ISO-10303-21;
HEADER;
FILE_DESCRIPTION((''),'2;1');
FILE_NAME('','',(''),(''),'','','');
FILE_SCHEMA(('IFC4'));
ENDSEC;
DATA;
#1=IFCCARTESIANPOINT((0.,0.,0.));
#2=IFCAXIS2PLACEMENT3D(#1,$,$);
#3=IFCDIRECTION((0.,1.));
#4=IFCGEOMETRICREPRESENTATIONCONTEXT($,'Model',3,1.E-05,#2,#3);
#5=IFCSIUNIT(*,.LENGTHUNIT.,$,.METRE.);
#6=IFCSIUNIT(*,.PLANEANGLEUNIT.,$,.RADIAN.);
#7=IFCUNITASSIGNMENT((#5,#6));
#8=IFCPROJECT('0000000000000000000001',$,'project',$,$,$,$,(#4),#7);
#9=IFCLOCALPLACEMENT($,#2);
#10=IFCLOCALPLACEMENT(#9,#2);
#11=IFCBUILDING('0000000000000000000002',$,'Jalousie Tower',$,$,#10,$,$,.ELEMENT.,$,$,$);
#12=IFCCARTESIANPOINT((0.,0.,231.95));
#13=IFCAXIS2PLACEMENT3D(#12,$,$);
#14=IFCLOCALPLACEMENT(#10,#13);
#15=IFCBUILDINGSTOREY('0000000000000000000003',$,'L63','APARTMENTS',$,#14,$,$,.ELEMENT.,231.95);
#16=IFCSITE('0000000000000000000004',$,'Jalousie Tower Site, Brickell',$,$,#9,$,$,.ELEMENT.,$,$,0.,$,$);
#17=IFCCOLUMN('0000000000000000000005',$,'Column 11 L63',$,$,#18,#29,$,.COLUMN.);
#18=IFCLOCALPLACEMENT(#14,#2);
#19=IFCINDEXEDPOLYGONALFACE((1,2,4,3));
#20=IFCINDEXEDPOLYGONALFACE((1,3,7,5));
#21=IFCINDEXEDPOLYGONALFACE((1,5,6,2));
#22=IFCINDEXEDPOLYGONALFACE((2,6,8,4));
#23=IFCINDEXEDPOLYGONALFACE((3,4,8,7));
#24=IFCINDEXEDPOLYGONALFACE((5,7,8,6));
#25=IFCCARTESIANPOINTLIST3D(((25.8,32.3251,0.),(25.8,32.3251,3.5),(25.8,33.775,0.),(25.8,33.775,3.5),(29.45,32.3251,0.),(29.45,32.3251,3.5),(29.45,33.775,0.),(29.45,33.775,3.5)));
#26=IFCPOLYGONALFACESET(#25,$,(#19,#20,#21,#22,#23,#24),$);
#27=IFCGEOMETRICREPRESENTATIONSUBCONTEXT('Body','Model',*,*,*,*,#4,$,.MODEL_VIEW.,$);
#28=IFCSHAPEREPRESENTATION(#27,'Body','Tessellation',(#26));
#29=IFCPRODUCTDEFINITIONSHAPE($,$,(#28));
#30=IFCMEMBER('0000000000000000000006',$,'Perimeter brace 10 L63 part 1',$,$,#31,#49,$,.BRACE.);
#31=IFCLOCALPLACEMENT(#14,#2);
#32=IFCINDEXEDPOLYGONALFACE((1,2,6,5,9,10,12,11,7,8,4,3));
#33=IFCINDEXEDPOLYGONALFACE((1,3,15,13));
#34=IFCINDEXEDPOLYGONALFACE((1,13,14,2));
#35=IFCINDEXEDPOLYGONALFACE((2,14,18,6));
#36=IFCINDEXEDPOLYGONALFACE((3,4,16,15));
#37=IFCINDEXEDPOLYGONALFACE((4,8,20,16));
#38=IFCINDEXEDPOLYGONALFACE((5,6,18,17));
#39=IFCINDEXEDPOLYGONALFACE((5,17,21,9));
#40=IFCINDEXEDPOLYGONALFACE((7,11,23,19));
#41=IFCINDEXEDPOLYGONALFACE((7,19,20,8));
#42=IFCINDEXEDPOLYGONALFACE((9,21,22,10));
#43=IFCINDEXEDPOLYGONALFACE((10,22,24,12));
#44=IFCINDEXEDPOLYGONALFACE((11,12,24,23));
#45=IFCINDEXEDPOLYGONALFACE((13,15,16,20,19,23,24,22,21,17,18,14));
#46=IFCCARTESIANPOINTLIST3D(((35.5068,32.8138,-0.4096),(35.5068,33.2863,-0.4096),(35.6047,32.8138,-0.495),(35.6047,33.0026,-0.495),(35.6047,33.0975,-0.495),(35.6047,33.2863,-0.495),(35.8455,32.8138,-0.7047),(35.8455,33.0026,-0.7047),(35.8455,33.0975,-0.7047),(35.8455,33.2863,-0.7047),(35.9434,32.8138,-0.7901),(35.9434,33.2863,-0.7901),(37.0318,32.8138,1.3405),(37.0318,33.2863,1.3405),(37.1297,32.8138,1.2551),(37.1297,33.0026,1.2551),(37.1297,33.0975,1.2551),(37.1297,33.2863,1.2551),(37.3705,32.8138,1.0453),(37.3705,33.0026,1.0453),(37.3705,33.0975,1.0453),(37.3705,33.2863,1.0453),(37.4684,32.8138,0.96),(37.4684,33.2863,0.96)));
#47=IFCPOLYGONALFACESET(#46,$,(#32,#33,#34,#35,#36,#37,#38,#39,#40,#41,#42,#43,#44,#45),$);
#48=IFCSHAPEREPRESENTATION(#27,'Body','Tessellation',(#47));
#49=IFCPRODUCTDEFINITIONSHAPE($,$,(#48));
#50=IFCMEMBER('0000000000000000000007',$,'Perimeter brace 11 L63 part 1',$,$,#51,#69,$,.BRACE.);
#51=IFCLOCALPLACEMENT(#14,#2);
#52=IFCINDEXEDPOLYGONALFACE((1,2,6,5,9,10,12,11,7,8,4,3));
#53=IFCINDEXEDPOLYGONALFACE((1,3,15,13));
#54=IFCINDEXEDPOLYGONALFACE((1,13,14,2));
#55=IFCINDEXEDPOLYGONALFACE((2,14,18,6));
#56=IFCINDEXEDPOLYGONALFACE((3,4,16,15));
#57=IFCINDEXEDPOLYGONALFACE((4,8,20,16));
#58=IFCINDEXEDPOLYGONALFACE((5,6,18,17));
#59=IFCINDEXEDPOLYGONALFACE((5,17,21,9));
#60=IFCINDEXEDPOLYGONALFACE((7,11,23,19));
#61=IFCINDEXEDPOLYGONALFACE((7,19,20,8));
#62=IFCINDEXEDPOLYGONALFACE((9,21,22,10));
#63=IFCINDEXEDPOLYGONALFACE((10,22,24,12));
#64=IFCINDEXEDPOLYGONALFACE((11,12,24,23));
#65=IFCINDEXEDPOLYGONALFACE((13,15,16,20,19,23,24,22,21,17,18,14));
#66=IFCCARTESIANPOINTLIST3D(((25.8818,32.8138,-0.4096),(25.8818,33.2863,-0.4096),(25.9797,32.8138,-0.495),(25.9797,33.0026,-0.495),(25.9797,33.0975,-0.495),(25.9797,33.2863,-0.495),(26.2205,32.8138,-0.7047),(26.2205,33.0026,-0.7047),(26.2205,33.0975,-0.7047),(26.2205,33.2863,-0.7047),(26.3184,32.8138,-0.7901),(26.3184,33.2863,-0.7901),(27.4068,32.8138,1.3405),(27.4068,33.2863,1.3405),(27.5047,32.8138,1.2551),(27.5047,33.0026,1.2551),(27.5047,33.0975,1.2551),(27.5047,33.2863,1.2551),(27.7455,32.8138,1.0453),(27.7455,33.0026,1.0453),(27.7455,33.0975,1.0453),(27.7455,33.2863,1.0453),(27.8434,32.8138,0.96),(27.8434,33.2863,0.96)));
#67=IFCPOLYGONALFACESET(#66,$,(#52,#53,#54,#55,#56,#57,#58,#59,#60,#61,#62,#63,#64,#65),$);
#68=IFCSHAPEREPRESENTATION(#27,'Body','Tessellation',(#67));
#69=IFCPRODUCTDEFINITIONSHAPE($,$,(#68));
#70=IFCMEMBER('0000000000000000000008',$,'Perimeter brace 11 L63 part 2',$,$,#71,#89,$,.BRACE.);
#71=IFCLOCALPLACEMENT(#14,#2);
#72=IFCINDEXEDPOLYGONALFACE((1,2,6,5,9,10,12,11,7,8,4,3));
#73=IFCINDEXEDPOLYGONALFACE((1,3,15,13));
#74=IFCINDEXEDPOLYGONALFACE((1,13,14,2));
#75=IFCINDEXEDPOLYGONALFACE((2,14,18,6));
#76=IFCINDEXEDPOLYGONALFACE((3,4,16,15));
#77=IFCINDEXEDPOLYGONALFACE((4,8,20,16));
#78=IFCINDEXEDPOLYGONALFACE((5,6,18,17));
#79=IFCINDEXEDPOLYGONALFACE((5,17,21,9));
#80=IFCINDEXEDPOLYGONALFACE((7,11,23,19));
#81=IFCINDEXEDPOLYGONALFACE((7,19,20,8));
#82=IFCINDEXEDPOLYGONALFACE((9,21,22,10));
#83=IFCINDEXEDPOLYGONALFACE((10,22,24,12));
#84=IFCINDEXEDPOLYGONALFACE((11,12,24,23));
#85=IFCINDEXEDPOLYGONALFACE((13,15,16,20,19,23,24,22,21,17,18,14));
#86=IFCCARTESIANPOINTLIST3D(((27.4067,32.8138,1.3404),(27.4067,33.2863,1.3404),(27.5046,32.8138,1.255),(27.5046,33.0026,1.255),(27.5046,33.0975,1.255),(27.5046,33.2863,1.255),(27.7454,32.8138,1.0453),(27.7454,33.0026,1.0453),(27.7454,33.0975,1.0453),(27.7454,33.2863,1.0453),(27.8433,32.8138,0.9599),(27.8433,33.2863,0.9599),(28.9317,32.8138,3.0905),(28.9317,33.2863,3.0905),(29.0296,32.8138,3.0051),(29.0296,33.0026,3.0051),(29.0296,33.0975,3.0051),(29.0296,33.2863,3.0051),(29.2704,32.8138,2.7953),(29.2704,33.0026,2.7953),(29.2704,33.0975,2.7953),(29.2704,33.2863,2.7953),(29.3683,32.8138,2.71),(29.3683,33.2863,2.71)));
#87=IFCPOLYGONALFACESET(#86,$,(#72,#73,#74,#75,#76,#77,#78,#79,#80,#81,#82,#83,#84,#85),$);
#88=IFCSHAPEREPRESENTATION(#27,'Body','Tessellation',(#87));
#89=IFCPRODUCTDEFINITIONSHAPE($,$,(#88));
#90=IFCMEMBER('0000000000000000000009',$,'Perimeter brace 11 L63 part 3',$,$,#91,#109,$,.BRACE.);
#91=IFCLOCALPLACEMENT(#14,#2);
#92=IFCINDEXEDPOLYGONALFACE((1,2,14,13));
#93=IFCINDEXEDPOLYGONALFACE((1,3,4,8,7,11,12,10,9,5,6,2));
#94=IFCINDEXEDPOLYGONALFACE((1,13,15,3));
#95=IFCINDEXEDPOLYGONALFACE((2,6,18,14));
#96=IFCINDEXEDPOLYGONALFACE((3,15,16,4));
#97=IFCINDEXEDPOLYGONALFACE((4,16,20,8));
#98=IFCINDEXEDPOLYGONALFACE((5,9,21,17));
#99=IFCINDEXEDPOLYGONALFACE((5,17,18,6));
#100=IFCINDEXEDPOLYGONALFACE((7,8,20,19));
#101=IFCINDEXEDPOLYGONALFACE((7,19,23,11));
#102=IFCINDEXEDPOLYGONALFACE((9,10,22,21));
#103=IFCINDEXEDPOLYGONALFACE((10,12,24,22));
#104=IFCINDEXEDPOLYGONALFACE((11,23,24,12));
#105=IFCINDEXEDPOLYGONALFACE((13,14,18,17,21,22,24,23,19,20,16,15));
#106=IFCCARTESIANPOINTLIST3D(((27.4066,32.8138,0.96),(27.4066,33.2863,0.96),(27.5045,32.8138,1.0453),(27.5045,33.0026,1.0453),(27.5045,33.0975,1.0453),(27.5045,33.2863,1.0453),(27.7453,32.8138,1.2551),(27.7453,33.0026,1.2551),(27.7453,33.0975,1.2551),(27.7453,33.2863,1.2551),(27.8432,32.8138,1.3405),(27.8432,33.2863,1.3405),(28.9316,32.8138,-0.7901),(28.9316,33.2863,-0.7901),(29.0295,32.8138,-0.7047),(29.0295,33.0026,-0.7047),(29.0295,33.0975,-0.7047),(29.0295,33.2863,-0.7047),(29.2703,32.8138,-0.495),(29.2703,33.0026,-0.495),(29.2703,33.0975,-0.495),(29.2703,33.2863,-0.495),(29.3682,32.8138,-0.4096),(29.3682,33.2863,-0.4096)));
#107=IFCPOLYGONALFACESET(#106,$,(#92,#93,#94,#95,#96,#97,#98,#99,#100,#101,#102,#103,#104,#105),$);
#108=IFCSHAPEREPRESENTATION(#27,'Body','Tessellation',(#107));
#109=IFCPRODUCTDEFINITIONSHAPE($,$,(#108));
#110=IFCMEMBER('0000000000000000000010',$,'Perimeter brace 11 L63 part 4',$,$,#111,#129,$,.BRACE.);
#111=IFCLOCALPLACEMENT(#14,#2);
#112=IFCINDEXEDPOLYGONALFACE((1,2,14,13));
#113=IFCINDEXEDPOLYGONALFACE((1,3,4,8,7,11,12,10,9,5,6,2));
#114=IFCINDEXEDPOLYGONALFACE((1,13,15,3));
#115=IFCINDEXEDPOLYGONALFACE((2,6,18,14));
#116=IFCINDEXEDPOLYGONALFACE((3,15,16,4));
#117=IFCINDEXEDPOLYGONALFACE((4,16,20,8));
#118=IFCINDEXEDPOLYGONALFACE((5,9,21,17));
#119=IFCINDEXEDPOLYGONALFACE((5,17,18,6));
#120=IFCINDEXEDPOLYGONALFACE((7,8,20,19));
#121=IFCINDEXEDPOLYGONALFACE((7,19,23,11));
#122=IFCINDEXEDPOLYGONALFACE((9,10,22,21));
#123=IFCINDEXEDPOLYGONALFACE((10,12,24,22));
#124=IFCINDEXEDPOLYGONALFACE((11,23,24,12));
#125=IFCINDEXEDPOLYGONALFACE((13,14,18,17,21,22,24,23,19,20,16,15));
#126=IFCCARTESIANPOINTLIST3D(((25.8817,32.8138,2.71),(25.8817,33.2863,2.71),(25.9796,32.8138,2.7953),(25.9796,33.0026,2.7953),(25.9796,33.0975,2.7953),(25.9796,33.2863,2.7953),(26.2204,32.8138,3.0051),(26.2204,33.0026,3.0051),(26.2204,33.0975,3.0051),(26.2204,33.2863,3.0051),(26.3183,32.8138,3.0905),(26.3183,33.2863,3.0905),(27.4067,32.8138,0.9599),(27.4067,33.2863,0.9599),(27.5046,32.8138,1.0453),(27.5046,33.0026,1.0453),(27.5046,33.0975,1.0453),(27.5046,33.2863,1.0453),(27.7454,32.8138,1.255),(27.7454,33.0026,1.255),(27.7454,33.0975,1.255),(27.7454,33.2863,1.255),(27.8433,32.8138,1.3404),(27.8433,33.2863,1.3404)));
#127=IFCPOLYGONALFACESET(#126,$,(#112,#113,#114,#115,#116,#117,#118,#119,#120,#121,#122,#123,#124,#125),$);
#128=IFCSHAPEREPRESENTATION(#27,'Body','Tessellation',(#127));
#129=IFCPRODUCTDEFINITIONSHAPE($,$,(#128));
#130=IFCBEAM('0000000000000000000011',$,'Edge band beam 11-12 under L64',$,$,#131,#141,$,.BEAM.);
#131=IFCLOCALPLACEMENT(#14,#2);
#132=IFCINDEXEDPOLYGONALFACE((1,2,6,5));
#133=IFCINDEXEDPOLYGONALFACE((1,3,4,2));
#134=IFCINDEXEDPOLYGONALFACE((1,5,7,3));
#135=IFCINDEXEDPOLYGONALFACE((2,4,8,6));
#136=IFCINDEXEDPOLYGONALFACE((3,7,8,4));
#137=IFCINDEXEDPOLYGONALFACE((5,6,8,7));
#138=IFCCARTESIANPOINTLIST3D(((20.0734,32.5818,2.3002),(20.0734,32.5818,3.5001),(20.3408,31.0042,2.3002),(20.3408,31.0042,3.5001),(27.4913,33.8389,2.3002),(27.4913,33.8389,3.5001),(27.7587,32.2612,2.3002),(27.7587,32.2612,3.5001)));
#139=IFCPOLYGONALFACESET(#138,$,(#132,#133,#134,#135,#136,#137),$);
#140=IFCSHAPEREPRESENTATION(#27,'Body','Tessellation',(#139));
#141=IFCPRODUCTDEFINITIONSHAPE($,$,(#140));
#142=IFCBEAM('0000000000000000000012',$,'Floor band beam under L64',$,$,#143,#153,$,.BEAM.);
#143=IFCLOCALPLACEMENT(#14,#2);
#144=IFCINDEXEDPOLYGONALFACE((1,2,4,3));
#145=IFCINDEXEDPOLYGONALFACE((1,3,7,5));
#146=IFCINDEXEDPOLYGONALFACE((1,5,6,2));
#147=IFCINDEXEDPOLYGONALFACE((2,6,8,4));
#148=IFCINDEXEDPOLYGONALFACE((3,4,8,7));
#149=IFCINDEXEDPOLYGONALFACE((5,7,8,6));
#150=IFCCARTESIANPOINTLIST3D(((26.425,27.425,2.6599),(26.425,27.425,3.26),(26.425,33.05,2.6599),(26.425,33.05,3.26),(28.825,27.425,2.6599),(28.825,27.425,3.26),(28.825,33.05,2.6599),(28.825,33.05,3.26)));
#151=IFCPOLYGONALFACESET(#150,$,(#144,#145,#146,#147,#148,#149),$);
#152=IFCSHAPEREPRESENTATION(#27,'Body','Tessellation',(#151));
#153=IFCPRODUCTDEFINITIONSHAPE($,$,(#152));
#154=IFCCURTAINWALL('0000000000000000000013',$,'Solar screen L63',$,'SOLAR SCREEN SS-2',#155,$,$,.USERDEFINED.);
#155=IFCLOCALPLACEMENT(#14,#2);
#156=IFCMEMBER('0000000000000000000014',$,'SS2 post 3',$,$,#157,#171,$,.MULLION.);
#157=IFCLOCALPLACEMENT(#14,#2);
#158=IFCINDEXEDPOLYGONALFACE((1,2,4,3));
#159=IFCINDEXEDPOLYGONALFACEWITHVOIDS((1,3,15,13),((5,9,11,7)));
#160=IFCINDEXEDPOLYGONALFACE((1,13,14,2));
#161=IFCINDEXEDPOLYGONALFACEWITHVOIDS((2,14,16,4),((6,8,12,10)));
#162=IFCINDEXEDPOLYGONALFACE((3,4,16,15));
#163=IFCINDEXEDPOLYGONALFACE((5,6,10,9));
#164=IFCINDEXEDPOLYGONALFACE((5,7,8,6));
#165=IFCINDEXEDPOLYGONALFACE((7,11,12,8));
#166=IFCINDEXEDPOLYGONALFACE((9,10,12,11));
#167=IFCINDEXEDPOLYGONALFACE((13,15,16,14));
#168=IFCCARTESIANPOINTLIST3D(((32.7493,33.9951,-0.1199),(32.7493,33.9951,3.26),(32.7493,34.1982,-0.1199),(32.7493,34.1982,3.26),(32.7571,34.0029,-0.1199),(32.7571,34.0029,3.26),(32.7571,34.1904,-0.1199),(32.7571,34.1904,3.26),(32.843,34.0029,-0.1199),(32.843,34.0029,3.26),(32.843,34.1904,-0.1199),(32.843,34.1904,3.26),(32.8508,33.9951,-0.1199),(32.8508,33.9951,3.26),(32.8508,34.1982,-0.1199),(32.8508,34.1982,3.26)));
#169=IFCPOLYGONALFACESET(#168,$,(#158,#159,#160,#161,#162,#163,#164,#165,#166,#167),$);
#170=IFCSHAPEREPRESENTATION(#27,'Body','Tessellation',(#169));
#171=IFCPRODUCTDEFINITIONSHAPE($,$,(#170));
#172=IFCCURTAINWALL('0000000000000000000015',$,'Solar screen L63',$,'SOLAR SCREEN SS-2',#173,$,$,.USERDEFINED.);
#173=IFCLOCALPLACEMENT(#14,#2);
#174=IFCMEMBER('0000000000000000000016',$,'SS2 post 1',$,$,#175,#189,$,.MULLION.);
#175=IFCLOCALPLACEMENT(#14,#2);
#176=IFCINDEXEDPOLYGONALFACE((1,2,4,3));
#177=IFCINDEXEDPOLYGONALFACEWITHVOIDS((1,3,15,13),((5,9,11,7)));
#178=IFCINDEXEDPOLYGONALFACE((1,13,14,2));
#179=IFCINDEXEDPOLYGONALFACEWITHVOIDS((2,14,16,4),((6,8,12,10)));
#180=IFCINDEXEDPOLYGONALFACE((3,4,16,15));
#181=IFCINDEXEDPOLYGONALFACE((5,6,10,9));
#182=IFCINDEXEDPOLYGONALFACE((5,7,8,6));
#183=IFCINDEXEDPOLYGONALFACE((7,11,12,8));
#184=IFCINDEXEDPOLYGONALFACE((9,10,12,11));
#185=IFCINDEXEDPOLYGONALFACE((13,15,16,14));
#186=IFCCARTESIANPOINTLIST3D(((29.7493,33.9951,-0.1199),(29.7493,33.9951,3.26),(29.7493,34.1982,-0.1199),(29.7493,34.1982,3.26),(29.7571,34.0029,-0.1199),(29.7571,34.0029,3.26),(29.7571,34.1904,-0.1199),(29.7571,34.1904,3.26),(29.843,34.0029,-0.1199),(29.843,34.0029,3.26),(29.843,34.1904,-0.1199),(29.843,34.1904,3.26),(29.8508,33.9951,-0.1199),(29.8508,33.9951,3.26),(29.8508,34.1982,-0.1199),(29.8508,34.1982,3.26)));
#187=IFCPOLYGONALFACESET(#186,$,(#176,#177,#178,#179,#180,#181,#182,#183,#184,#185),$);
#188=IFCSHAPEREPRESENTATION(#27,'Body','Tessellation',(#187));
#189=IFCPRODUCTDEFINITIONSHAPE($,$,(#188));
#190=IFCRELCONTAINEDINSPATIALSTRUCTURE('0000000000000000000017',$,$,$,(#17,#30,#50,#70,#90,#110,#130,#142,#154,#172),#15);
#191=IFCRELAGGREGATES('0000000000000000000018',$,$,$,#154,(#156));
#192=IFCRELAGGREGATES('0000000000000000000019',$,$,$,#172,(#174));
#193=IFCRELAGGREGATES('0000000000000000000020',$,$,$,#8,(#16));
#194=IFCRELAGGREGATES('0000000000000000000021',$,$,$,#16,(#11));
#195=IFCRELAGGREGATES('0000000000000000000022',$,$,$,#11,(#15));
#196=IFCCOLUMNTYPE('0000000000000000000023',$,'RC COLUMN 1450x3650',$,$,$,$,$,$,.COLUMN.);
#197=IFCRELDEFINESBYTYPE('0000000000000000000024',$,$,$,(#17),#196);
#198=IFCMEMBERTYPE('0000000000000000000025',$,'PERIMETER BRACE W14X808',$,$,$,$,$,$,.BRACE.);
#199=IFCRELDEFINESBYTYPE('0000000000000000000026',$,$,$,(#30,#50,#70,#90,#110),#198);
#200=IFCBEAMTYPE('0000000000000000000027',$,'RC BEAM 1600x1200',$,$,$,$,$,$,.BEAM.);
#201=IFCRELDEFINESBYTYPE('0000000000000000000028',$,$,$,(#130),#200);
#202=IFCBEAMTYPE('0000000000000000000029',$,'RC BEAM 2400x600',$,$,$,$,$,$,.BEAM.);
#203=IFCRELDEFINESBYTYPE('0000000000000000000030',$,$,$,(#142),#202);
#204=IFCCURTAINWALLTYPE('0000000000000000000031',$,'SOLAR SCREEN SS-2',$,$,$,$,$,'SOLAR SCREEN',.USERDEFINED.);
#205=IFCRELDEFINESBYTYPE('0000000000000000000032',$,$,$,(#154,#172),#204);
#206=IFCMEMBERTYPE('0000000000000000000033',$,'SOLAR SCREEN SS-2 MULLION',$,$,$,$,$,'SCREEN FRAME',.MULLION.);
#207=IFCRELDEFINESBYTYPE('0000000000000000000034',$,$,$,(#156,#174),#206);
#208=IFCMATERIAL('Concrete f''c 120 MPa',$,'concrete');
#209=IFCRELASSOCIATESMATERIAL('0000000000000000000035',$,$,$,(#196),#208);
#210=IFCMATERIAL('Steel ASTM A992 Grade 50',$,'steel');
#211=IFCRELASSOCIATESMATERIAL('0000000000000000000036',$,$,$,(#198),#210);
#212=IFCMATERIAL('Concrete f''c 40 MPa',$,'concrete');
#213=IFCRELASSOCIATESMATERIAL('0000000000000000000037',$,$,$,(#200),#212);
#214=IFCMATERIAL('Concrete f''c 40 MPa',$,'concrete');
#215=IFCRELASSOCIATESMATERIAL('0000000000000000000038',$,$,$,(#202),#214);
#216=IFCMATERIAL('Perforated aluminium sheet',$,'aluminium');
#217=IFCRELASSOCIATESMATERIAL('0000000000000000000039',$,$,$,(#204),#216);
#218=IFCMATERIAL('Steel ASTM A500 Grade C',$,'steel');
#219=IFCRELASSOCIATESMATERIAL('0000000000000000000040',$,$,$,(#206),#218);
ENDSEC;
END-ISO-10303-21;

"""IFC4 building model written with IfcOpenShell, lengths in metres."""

from ifc_helpers import new_model, si_unit, direction, frame, origin, origin_2d, place, context, subcontext, project, spatial, rectangle, hollow_rectangle, i_section, extrude, material, material_profile, profile_set, type_object, element, aggregate, save


model = new_model("IFC4")

# Units and contexts
model_context = context("Model", 3, precision=1e-05, world=origin(), true_north=direction((0.0, 1.0)))
body_context = subcontext(model_context, "Body", "Model", "MODEL_VIEW")
ifc_project = project(units=[si_unit("LENGTHUNIT", "METRE"), si_unit("PLANEANGLEUNIT", "RADIAN")], contexts=[model_context])

# Site, building, storey
site_placement = place(None, origin())
site = spatial("IfcSite", under=ifc_project, at=site_placement, Name="Jalousie Tower Site, Brickell", CompositionType="ELEMENT", RefElevation=0.0)
building_placement = place(site_placement, origin())
building = spatial("IfcBuilding", under=site, at=building_placement, Name="Jalousie Tower", CompositionType="ELEMENT")
storey_placement = place(building_placement, frame((0.0, 0.0, 231.95)))
storey = spatial("IfcBuildingStorey", under=building, at=storey_placement, Name="L63", Description="APARTMENTS", CompositionType="ELEMENT", Elevation=231.95)

# Column
ifc_material_1 = material(Name="Concrete f'c 120 MPa", Category="concrete")
ifc_material_profile_1 = material_profile(ifc_material_1, rectangle(XDim=1.45, YDim=3.6499, at=origin_2d()), Name="RC 1450x3650")
ifc_profile_set_1 = profile_set([ifc_material_profile_1], Name="Concrete f'c 120 MPa")
column_type = type_object("IfcColumnType", Name="RC COLUMN 1450x3650", PredefinedType="COLUMN", material=ifc_profile_set_1)
column_placement = place(storey_placement, frame((27.625, 33.05, 0.0), z_axis=(0.0, 0.0, 1.0), x_axis=(0.0, 1.0, 0.0)))
element("IfcColumn", 1, at=column_placement, inside=storey, type_object=column_type, Name="Column 11 L63", PredefinedType="COLUMN", context=body_context, shape_type="SweptSolid", body=[
    extrude(rectangle(XDim=1.45, YDim=3.6499, at=origin_2d()), origin(), (0.0, 0.0, 1.0), 3.5),
])

# Members
ifc_material_2 = material(Name="Steel ASTM A992 Grade 50", Category="steel")
ifc_material_profile_2 = material_profile(ifc_material_2, i_section(OverallWidth=0.4724, OverallDepth=0.5791, WebThickness=0.095, FlangeThickness=0.1299, at=origin_2d()), Name="W14X808")
ifc_profile_set_2 = profile_set([ifc_material_profile_2], Name="Steel ASTM A992 Grade 50")
member_type_1 = type_object("IfcMemberType", Name="PERIMETER BRACE W14X808", PredefinedType="BRACE", material=ifc_profile_set_2)
for number, where, z_axis, x_axis, name in (
    (2, (35.7251, 33.05, -0.5999), (0.656954, 0.0, 0.75393), (0.0, 1.0, 0.0), "Perimeter brace 10 L63 part 1"),
    (3, (26.1001, 33.05, -0.5999), (0.656954, 0.0, 0.75393), (0.0, 1.0, 0.0), "Perimeter brace 11 L63 part 1"),
    (4, (27.625, 33.05, 1.1501), (0.656954, 0.0, 0.75393), (0.0, 1.0, 0.0), "Perimeter brace 11 L63 part 2"),
    (5, (29.1499, 33.05, -0.5999), (-0.656954, 0.0, 0.75393), (0.0, -1.0, 0.0), "Perimeter brace 11 L63 part 3"),
    (6, (27.625, 33.05, 1.1501), (-0.656954, 0.0, 0.75393), (0.0, -1.0, 0.0), "Perimeter brace 11 L63 part 4"),
):
    element("IfcMember", number, at=place(storey_placement, frame(where, z_axis=z_axis, x_axis=x_axis)), inside=storey, type_object=member_type_1, Name=name, PredefinedType="BRACE", context=body_context, shape_type="SweptSolid", body=[
        extrude(i_section(OverallWidth=0.4724, OverallDepth=0.5791, WebThickness=0.095, FlangeThickness=0.1299, at=origin_2d()), origin(), (0.0, 0.0, 1.0), 2.3213),
    ])

# Beams
ifc_material_3 = material(Name="Concrete f'c 40 MPa", Category="concrete")
ifc_material_profile_3 = material_profile(ifc_material_3, rectangle(XDim=1.6001, YDim=1.2, at=origin_2d()), Name="RC 1600x1200")
ifc_profile_set_3 = profile_set([ifc_material_profile_3], Name="Concrete f'c 40 MPa")
beam_type_1 = type_object("IfcBeamType", Name="RC BEAM 1600x1200", PredefinedType="BEAM", material=ifc_profile_set_3)
beam_1_placement = place(storey_placement, frame((27.625, 33.05, 2.9001), z_axis=(-0.985943, -0.167082, 0.0), x_axis=(0.167082, -0.985943, 0.0)))
element("IfcBeam", 7, at=beam_1_placement, inside=storey, type_object=beam_type_1, Name="Edge band beam 11-12 under L64", PredefinedType="BEAM", context=body_context, shape_type="SweptSolid", body=[
    extrude(rectangle(XDim=1.6001, YDim=1.2, at=origin_2d()), origin(), (0.0, 0.0, 1.0), 7.5237),
])
ifc_material_4 = material(Name="Concrete f'c 40 MPa", Category="concrete")
ifc_material_profile_4 = material_profile(ifc_material_4, rectangle(XDim=2.3999, YDim=0.6001, at=origin_2d()), Name="RC 2400x600")
ifc_profile_set_4 = profile_set([ifc_material_profile_4], Name="Concrete f'c 40 MPa")
beam_type_2 = type_object("IfcBeamType", Name="RC BEAM 2400x600", PredefinedType="BEAM", material=ifc_profile_set_4)
beam_2_placement = place(storey_placement, frame((27.625, 33.05, 2.96), z_axis=(0.0, -1.0, 0.0), x_axis=(1.0, 0.0, 0.0)))
element("IfcBeam", 8, at=beam_2_placement, inside=storey, type_object=beam_type_2, Name="Floor band beam under L64", PredefinedType="BEAM", context=body_context, shape_type="SweptSolid", body=[
    extrude(rectangle(XDim=2.3999, YDim=0.6001, at=origin_2d()), origin(), (0.0, 0.0, 1.0), 5.625),
])

# Curtain wall, member
ifc_material_5 = material(Name="Perforated aluminium sheet", Category="aluminium")
curtain_wall_type = type_object("IfcCurtainWallType", Name="SOLAR SCREEN SS-2", ElementType="SOLAR SCREEN", PredefinedType="USERDEFINED", material=ifc_material_5)
curtain_wall_1_placement = place(storey_placement, origin())
curtain_wall_1 = element("IfcCurtainWall", 9, at=curtain_wall_1_placement, inside=storey, type_object=curtain_wall_type, Name="Solar screen L63", ObjectType="SOLAR SCREEN SS-2", PredefinedType="USERDEFINED")
ifc_material_6 = material(Name="Steel ASTM A500 Grade C", Category="steel")
ifc_material_profile_5 = material_profile(ifc_material_6, hollow_rectangle(XDim=0.1016, YDim=0.2031, WallThickness=0.0078, at=origin_2d()), Name="HSS8X4X5/16")
ifc_profile_set_5 = profile_set([ifc_material_profile_5], Name="Steel ASTM A500 Grade C")
member_type_2 = type_object("IfcMemberType", Name="SOLAR SCREEN SS-2 MULLION", ElementType="SCREEN FRAME", PredefinedType="MULLION", material=ifc_profile_set_5)
member_1_placement = place(storey_placement, frame((32.8, 34.0967, -0.1199), z_axis=(0.0, 0.0, 1.0), x_axis=(-1.0, 0.0, 0.0)))
member_1 = element("IfcMember", 10, at=member_1_placement, type_object=member_type_2, Name="SS2 post 3", PredefinedType="MULLION", context=body_context, shape_type="SweptSolid", body=[
    extrude(hollow_rectangle(XDim=0.1016, YDim=0.2031, WallThickness=0.0078, at=origin_2d()), origin(), (0.0, 0.0, 1.0), 3.3799),
])

# Curtain wall, member
curtain_wall_2_placement = place(storey_placement, origin())
curtain_wall_2 = element("IfcCurtainWall", 11, at=curtain_wall_2_placement, inside=storey, type_object=curtain_wall_type, Name="Solar screen L63", ObjectType="SOLAR SCREEN SS-2", PredefinedType="USERDEFINED")
member_2_placement = place(storey_placement, frame((29.8, 34.0967, -0.1199), z_axis=(0.0, 0.0, 1.0), x_axis=(-1.0, 0.0, 0.0)))
member_2 = element("IfcMember", 12, at=member_2_placement, type_object=member_type_2, Name="SS2 post 1", PredefinedType="MULLION", context=body_context, shape_type="SweptSolid", body=[
    extrude(hollow_rectangle(XDim=0.1016, YDim=0.2031, WallThickness=0.0078, at=origin_2d()), origin(), (0.0, 0.0, 1.0), 3.3799),
])

aggregate(curtain_wall_1, [member_1])
aggregate(curtain_wall_2, [member_2])

save(model, "model.ifc")
